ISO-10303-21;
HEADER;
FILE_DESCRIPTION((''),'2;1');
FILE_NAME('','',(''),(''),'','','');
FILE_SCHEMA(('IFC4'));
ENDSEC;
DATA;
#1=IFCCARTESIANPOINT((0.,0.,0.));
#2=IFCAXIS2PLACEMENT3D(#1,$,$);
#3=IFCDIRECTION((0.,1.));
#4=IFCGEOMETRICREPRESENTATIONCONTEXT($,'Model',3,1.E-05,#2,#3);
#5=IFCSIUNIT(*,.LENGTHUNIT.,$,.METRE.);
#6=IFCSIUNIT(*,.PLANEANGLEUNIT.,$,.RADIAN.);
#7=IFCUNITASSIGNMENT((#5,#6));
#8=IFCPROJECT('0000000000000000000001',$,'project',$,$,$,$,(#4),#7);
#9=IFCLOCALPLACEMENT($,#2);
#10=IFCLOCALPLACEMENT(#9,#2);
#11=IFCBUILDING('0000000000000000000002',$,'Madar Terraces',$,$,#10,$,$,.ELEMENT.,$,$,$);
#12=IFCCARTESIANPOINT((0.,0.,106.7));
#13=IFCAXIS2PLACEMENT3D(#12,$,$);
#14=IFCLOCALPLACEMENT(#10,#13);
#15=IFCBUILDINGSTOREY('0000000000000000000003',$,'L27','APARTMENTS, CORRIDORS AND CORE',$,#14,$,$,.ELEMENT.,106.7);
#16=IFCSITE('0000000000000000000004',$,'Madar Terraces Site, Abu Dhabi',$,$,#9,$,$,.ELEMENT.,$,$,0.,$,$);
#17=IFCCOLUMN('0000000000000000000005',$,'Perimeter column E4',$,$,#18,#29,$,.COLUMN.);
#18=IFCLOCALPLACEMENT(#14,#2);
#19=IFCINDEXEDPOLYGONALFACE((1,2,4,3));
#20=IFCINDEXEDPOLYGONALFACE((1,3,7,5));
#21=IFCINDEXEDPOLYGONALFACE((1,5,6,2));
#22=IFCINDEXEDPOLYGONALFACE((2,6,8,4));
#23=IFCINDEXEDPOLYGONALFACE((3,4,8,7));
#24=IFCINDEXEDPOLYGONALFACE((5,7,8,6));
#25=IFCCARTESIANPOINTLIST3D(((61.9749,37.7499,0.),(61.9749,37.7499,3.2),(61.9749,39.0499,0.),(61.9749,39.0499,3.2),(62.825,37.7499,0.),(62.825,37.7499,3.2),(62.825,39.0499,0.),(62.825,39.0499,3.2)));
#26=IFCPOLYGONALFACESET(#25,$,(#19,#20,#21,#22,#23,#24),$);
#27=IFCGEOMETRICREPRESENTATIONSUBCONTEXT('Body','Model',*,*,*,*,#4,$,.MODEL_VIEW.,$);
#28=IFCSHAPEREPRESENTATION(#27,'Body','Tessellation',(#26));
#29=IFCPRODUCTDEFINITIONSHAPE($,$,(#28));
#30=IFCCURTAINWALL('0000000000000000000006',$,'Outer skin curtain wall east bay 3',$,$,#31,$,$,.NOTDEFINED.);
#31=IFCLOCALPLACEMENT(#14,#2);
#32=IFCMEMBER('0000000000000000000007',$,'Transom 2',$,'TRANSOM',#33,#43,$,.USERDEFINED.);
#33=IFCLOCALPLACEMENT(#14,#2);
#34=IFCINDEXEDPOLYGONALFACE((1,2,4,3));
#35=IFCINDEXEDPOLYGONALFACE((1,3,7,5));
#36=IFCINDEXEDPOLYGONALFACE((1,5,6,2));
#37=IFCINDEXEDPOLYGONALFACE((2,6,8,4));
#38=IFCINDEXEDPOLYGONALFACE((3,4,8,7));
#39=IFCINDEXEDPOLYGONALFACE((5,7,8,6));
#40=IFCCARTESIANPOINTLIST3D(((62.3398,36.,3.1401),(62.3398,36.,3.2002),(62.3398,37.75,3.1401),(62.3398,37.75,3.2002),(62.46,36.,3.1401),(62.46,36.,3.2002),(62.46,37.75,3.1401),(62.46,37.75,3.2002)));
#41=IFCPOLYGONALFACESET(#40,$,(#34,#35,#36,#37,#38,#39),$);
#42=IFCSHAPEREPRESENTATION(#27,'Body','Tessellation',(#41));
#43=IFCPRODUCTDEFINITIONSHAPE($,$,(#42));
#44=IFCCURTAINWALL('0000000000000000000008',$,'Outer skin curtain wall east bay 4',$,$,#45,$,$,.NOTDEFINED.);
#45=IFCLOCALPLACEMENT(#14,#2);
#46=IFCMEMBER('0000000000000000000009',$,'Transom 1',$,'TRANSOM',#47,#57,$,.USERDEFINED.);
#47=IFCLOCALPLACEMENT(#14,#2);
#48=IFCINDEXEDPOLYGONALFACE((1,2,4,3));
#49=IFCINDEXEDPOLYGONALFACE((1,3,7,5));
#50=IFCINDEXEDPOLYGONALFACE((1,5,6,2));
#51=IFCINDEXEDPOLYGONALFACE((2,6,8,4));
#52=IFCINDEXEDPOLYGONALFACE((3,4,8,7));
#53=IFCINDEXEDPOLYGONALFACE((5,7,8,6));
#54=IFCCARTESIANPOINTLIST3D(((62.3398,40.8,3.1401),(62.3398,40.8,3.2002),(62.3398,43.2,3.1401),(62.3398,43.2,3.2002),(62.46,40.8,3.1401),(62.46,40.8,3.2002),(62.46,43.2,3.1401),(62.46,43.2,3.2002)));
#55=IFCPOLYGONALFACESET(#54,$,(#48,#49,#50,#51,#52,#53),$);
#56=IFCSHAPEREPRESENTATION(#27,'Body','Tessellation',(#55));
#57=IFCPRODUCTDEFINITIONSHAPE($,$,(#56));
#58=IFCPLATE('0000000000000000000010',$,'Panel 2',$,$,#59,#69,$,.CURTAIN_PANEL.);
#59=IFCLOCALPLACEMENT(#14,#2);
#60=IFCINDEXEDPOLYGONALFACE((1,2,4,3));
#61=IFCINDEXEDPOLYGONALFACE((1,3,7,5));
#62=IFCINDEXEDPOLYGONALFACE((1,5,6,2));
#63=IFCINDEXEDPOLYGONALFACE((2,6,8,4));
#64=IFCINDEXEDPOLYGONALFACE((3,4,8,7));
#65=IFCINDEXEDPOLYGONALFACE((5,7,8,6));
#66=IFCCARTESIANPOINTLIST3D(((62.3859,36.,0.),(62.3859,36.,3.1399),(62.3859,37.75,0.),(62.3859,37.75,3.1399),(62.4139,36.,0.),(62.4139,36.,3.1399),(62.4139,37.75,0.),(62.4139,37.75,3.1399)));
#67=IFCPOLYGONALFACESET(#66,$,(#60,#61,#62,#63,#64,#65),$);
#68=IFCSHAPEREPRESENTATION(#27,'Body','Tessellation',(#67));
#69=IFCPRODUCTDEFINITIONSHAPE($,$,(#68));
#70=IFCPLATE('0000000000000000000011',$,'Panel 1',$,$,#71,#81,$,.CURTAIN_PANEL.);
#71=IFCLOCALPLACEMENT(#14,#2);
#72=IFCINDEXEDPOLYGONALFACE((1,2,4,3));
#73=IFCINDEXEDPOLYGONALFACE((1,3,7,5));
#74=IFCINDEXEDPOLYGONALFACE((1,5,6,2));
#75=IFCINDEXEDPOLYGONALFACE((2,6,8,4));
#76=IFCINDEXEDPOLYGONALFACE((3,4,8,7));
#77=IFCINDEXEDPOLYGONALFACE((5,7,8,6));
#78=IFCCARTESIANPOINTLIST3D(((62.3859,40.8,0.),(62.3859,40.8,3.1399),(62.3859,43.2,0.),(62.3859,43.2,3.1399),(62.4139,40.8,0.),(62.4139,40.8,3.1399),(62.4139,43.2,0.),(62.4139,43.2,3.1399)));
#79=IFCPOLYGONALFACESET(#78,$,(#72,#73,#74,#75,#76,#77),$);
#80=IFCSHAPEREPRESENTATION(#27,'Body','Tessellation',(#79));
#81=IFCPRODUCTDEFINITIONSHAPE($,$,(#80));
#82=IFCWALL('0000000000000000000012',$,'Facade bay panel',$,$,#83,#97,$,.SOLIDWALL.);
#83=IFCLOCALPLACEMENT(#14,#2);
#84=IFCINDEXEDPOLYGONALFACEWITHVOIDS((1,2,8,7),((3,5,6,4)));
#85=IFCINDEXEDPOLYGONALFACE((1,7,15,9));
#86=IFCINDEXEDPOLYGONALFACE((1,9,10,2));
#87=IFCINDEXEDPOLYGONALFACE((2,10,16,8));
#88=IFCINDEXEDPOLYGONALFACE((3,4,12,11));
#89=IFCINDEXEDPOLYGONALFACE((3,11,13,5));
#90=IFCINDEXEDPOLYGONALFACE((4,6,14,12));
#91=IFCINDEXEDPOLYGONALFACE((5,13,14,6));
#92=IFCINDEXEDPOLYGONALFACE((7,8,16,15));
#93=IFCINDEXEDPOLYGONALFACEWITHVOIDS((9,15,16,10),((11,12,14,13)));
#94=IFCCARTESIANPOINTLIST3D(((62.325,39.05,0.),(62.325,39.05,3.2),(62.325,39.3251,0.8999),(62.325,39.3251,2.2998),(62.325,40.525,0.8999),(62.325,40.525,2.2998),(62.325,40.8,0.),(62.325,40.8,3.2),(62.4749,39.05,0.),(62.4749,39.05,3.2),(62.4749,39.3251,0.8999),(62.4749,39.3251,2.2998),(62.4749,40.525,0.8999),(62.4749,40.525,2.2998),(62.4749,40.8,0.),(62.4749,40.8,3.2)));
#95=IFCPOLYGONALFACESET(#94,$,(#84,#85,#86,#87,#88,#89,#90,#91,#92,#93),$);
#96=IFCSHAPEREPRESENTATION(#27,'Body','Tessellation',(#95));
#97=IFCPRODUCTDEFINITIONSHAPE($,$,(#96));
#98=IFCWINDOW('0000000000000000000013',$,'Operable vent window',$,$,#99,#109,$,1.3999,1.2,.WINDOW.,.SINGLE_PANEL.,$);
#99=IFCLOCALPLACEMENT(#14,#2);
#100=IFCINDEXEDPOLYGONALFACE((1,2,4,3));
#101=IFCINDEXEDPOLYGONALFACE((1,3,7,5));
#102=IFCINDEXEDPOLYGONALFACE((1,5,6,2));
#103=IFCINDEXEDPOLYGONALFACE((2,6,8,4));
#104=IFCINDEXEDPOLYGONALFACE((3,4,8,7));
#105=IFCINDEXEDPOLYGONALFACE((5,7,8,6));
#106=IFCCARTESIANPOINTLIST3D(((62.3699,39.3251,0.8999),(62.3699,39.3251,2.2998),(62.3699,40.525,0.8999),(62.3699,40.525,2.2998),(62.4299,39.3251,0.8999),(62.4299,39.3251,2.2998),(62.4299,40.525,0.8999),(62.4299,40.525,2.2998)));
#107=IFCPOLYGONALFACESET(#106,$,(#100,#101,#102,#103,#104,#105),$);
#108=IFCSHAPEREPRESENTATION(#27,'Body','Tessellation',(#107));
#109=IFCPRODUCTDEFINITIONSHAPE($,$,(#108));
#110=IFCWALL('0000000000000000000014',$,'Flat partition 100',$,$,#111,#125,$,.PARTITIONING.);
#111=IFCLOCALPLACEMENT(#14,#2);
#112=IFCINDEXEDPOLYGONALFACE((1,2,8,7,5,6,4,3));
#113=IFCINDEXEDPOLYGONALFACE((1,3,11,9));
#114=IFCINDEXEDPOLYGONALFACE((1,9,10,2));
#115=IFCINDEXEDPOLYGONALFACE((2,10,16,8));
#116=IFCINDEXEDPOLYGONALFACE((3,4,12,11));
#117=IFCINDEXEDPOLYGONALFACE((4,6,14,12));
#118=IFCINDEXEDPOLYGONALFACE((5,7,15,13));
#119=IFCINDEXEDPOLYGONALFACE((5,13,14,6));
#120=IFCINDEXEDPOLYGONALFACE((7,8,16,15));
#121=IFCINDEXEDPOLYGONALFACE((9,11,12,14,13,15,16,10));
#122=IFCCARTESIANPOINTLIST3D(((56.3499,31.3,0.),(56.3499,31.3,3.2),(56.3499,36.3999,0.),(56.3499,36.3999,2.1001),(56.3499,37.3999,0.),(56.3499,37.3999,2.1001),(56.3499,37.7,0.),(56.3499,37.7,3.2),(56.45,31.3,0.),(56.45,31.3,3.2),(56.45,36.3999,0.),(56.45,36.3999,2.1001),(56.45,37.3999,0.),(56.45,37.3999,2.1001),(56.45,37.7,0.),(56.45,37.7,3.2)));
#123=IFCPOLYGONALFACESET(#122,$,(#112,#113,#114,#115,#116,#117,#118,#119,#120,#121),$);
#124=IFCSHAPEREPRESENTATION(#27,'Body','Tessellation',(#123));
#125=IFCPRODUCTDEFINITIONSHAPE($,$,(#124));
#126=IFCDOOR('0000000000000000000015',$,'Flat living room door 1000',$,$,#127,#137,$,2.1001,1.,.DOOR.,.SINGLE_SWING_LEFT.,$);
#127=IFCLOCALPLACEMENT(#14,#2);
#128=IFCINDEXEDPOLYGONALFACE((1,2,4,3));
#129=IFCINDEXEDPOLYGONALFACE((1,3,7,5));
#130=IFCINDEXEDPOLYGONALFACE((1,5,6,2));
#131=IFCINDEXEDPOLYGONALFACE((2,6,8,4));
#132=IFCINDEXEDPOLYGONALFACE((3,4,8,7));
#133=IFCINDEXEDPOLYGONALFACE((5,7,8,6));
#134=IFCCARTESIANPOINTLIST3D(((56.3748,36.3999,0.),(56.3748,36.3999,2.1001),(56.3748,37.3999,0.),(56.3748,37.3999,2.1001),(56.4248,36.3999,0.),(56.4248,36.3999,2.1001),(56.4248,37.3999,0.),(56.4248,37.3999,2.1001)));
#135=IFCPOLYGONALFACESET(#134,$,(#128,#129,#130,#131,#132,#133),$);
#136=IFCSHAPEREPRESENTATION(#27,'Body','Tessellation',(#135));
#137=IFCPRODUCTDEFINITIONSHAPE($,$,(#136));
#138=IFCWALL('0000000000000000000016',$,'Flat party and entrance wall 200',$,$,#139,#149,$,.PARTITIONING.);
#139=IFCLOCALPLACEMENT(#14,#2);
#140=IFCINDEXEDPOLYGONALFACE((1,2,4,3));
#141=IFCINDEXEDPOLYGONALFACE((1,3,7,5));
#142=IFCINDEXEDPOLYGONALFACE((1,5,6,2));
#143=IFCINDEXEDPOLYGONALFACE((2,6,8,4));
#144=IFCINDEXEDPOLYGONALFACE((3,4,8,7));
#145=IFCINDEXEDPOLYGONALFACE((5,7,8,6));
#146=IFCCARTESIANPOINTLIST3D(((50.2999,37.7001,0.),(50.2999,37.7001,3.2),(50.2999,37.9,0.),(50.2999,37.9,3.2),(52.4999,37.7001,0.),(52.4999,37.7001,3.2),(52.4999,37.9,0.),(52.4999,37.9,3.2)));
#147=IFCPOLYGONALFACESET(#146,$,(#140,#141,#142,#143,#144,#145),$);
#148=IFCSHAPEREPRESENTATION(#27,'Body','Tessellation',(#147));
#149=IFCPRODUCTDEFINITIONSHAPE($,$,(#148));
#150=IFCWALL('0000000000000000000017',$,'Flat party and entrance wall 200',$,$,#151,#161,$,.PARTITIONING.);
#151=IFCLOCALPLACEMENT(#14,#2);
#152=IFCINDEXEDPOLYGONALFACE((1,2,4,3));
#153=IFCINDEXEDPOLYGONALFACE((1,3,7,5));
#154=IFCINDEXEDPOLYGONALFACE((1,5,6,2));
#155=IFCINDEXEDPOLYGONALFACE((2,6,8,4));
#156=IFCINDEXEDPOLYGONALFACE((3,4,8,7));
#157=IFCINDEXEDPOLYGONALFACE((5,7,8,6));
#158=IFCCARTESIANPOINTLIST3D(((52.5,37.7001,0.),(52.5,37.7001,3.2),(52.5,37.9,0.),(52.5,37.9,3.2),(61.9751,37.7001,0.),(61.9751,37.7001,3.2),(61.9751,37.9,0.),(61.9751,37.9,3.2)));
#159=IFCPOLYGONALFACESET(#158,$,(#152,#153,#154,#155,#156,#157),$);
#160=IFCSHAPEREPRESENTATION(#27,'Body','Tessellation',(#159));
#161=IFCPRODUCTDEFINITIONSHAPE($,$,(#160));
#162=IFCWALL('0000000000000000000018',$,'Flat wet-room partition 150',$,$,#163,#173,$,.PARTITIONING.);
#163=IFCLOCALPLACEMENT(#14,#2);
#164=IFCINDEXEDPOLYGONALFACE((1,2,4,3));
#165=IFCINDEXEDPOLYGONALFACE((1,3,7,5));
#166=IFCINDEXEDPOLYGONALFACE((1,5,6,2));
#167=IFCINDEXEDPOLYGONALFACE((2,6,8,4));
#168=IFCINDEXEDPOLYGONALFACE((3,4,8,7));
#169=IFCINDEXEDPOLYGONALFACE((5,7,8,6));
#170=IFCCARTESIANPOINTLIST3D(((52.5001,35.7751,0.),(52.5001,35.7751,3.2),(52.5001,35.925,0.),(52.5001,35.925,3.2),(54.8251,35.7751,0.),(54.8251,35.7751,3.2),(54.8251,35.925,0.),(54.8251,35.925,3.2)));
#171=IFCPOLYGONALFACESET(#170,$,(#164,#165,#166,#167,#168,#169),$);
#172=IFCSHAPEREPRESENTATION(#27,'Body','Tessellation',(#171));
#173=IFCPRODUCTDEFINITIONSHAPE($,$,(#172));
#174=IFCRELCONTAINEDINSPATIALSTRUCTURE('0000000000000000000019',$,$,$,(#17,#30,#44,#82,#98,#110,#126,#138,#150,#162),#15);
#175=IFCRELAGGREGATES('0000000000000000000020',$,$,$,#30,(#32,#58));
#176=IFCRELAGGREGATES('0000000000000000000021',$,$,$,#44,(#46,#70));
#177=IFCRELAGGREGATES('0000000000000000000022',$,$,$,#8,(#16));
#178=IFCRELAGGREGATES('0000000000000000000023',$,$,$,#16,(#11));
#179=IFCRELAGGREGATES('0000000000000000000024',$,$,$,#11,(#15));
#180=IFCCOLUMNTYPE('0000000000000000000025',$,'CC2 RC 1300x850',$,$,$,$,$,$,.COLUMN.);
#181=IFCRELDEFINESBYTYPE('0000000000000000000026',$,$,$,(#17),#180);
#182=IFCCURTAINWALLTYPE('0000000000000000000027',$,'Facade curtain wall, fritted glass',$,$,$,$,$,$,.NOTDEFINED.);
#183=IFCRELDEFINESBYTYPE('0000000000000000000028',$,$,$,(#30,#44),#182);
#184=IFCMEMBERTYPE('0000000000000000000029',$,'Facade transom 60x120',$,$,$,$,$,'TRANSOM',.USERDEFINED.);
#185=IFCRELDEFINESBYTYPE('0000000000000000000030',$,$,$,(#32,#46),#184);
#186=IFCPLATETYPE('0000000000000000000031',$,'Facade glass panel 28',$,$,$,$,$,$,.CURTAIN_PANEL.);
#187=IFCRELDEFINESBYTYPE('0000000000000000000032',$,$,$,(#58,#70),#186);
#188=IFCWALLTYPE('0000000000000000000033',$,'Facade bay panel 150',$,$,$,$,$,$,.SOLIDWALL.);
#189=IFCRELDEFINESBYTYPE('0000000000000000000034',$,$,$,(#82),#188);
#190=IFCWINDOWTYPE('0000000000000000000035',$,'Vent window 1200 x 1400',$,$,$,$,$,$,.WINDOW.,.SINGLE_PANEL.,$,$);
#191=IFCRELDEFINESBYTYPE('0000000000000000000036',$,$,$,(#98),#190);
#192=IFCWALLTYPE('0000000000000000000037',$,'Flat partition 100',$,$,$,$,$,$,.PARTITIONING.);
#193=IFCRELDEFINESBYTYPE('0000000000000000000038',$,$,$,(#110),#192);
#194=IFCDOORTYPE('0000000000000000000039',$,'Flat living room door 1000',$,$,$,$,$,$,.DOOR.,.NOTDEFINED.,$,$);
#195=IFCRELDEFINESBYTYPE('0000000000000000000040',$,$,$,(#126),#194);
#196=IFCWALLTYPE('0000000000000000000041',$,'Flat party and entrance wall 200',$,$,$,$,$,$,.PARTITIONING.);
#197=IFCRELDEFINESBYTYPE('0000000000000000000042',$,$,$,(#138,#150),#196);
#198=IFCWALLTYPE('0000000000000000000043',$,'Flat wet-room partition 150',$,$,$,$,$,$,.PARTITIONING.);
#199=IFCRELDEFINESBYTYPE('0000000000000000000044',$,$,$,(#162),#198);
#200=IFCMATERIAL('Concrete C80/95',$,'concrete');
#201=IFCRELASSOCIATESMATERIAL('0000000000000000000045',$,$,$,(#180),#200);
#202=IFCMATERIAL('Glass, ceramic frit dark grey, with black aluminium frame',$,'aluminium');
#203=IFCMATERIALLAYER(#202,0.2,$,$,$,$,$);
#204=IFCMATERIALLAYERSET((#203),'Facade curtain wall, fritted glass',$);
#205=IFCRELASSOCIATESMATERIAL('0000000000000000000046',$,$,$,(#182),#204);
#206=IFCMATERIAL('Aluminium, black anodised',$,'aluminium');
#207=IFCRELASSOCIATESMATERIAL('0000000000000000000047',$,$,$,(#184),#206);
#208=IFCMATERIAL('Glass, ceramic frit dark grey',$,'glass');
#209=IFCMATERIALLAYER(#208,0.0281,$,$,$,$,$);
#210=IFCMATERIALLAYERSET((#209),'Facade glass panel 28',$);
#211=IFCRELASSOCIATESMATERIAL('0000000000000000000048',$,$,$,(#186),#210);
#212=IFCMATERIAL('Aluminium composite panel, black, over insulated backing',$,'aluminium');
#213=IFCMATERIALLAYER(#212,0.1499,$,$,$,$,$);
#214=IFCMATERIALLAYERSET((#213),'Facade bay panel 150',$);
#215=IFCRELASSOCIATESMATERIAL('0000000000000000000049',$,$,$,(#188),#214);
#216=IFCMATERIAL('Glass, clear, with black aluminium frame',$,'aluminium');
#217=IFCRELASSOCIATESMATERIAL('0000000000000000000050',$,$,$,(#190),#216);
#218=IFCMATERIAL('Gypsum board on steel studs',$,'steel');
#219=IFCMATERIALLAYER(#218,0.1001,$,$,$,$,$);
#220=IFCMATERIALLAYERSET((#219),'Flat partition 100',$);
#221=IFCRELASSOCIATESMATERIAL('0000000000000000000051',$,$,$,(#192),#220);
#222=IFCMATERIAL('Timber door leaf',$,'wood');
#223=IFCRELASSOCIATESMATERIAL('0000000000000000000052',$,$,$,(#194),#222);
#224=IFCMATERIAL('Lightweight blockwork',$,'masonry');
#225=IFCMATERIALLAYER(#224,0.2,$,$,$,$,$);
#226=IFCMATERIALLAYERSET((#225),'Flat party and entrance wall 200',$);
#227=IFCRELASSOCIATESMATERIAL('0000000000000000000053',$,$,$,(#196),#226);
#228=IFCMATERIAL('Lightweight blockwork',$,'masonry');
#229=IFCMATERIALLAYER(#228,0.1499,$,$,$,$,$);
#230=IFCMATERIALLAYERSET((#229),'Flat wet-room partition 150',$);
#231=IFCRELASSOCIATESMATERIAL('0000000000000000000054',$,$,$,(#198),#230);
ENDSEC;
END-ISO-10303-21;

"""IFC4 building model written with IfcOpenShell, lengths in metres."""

from ifc_helpers import new_model, si_unit, direction, frame, frame_2d, origin, origin_2d, place, context, subcontext, project, spatial, rectangle, extrude, material, layer, layer_set, material_profile, profile_set, type_object, element, fill, aggregate, save


model = new_model("IFC4")

# Units and contexts
model_context = context("Model", 3, precision=1e-05, world=origin(), true_north=direction((0.0, 1.0)))
body_context = subcontext(model_context, "Body", "Model", "MODEL_VIEW")
ifc_project = project(units=[si_unit("LENGTHUNIT", "METRE"), si_unit("PLANEANGLEUNIT", "RADIAN")], contexts=[model_context])

# Site, building, storey
site_placement = place(None, origin())
site = spatial("IfcSite", under=ifc_project, at=site_placement, Name="Madar Terraces Site, Abu Dhabi", CompositionType="ELEMENT", RefElevation=0.0)
building_placement = place(site_placement, origin())
building = spatial("IfcBuilding", under=site, at=building_placement, Name="Madar Terraces", CompositionType="ELEMENT")
storey_placement = place(building_placement, frame((0.0, 0.0, 106.7)))
storey = spatial("IfcBuildingStorey", under=building, at=storey_placement, Name="L27", Description="APARTMENTS, CORRIDORS AND CORE", CompositionType="ELEMENT", Elevation=106.7)

# Column
ifc_material_1 = material(Name="Concrete C80/95", Category="concrete")
ifc_material_profile_1 = material_profile(ifc_material_1, rectangle(XDim=1.3, YDim=0.8501, at=origin_2d()), Name="CC2 RC 1300x850")
ifc_profile_set_1 = profile_set([ifc_material_profile_1], Name="Concrete C80/95")
column_type = type_object("IfcColumnType", Name="CC2 RC 1300x850", PredefinedType="COLUMN", material=ifc_profile_set_1)
column_placement = place(storey_placement, frame((62.3999, 38.3999, 0.0), z_axis=(0.0, 0.0, 1.0), x_axis=(0.0, 1.0, 0.0)))
element("IfcColumn", 1, at=column_placement, inside=storey, type_object=column_type, Name="Perimeter column E4", PredefinedType="COLUMN", context=body_context, shape_type="SweptSolid", body=[
    extrude(rectangle(XDim=1.3, YDim=0.8501, at=origin_2d()), origin(), (0.0, 0.0, 1.0), 3.2),
])

# Curtain walls, members
ifc_material_2 = material(Name="Glass, ceramic frit dark grey, with black aluminium frame", Category="aluminium")
ifc_layer_1 = layer(ifc_material_2, 0.2)
ifc_layer_set_1 = layer_set([ifc_layer_1], Name="Facade curtain wall, fritted glass")
curtain_wall_type = type_object("IfcCurtainWallType", Name="Facade curtain wall, fritted glass", PredefinedType="NOTDEFINED", material=ifc_layer_set_1)
curtain_wall_1_placement = place(storey_placement, origin())
curtain_wall_1 = element("IfcCurtainWall", 2, at=curtain_wall_1_placement, inside=storey, type_object=curtain_wall_type, Name="Outer skin curtain wall east bay 3", PredefinedType="NOTDEFINED")
ifc_material_3 = material(Name="Aluminium, black anodised", Category="aluminium")
ifc_material_profile_2 = material_profile(ifc_material_3, rectangle(XDim=0.1201, YDim=0.0601, at=origin_2d()), Name="Facade transom 60x120")
ifc_profile_set_2 = profile_set([ifc_material_profile_2], Name="Aluminium, black anodised")
member_type = type_object("IfcMemberType", Name="Facade transom 60x120", ElementType="TRANSOM", PredefinedType="USERDEFINED", material=ifc_profile_set_2)
member_1_placement = place(storey_placement, frame((62.3999, 36.0, 3.1702), z_axis=(0.0, 1.0, 0.0), x_axis=(-1.0, 0.0, 0.0)))
member_1 = element("IfcMember", 3, at=member_1_placement, type_object=member_type, Name="Transom 2", ObjectType="TRANSOM", PredefinedType="USERDEFINED", context=body_context, shape_type="SweptSolid", body=[
    extrude(rectangle(XDim=0.1201, YDim=0.0601, at=origin_2d()), origin(), (0.0, 0.0, 1.0), 1.75),
])
curtain_wall_2_placement = place(storey_placement, origin())
curtain_wall_2 = element("IfcCurtainWall", 4, at=curtain_wall_2_placement, inside=storey, type_object=curtain_wall_type, Name="Outer skin curtain wall east bay 4", PredefinedType="NOTDEFINED")
member_2_placement = place(storey_placement, frame((62.3999, 40.8, 3.1702), z_axis=(0.0, 1.0, 0.0), x_axis=(-1.0, 0.0, 0.0)))
member_2 = element("IfcMember", 5, at=member_2_placement, type_object=member_type, Name="Transom 1", ObjectType="TRANSOM", PredefinedType="USERDEFINED", context=body_context, shape_type="SweptSolid", body=[
    extrude(rectangle(XDim=0.1201, YDim=0.0601, at=origin_2d()), origin(), (0.0, 0.0, 1.0), 2.3999),
])

# Plates
ifc_material_4 = material(Name="Glass, ceramic frit dark grey", Category="glass")
ifc_layer_2 = layer(ifc_material_4, 0.0281)
ifc_layer_set_2 = layer_set([ifc_layer_2], Name="Facade glass panel 28")
plate_type = type_object("IfcPlateType", Name="Facade glass panel 28", PredefinedType="CURTAIN_PANEL", material=ifc_layer_set_2)
plate_1_placement = place(storey_placement, frame((62.3999, 36.875, 0.0), z_axis=(0.0, 0.0, 1.0), x_axis=(0.0, 1.0, 0.0)))
plate_1 = element("IfcPlate", 6, at=plate_1_placement, type_object=plate_type, Name="Panel 2", PredefinedType="CURTAIN_PANEL", context=body_context, shape_type="SweptSolid", body=[
    extrude(rectangle(XDim=1.75, YDim=0.0281, at=origin_2d()), origin(), (0.0, 0.0, 1.0), 3.1399),
])
aggregate(curtain_wall_1, [member_1, plate_1])
plate_2_placement = place(storey_placement, frame((62.3999, 42.0, 0.0), z_axis=(0.0, 0.0, 1.0), x_axis=(0.0, 1.0, 0.0)))
plate_2 = element("IfcPlate", 7, at=plate_2_placement, type_object=plate_type, Name="Panel 1", PredefinedType="CURTAIN_PANEL", context=body_context, shape_type="SweptSolid", body=[
    extrude(rectangle(XDim=2.3999, YDim=0.0281, at=origin_2d()), origin(), (0.0, 0.0, 1.0), 3.1399),
])
aggregate(curtain_wall_2, [member_2, plate_2])

# Wall, opening, window
ifc_material_5 = material(Name="Aluminium composite panel, black, over insulated backing", Category="aluminium")
ifc_layer_3 = layer(ifc_material_5, 0.1499)
ifc_layer_set_3 = layer_set([ifc_layer_3], Name="Facade bay panel 150")
wall_type_1 = type_object("IfcWallType", Name="Facade bay panel 150", PredefinedType="SOLIDWALL", material=ifc_layer_set_3)
wall_1_placement = place(storey_placement, frame((62.3999, 39.05, 0.0), z_axis=(0.0, 0.0, 1.0), x_axis=(0.0, 1.0, 0.0)))
wall_1 = element("IfcWall", 8, at=wall_1_placement, inside=storey, type_object=wall_type_1, Name="Facade bay panel", PredefinedType="SOLIDWALL", context=body_context, shape_type="SweptSolid", body=[
    extrude(rectangle(XDim=1.75, YDim=0.1499, at=frame_2d((0.875, 0.0))), origin(), (0.0, 0.0, 1.0), 3.2),
])
opening_1_placement = place(wall_1_placement, frame((0.2749, 0.0, 0.8999)))
opening_1 = element("IfcOpeningElement", 9, at=opening_1_placement, cuts=wall_1, PredefinedType="OPENING", context=body_context, shape_type="SweptSolid", body=[
    extrude(rectangle(XDim=1.2, YDim=1.3999, at=frame_2d((0.6001, 0.7))), frame((0.0, 0.085, 0.0), z_axis=(0.0, -1.0, 0.0), x_axis=(1.0, 0.0, 0.0)), (0.0, 0.0, 1.0), 0.1699),
])
ifc_material_6 = material(Name="Glass, clear, with black aluminium frame", Category="aluminium")
window_type = type_object("IfcWindowType", Name="Vent window 1200 x 1400", PartitioningType="SINGLE_PANEL", PredefinedType="WINDOW", material=ifc_material_6)
window_placement = place(opening_1_placement, origin())
window = element("IfcWindow", 10, at=window_placement, inside=storey, type_object=window_type, Name="Operable vent window", OverallHeight=1.3999, OverallWidth=1.2, PartitioningType="SINGLE_PANEL", PredefinedType="WINDOW", context=body_context, shape_type="SweptSolid", body=[
    extrude(rectangle(XDim=1.2, YDim=1.3999, at=frame_2d((0.6001, 0.7))), frame((0.0, 0.03, 0.0), z_axis=(0.0, -1.0, 0.0), x_axis=(1.0, 0.0, 0.0)), (0.0, 0.0, 1.0), 0.0601),
])
fill(opening_1, window)

# Wall, opening, door
ifc_material_7 = material(Name="Gypsum board on steel studs", Category="steel")
ifc_layer_4 = layer(ifc_material_7, 0.1001)
ifc_layer_set_4 = layer_set([ifc_layer_4], Name="Flat partition 100")
wall_type_2 = type_object("IfcWallType", Name="Flat partition 100", PredefinedType="PARTITIONING", material=ifc_layer_set_4)
wall_2_placement = place(storey_placement, frame((56.3999, 37.7, 0.0), z_axis=(0.0, 0.0, 1.0), x_axis=(0.0, -1.0, 0.0)))
wall_2 = element("IfcWall", 11, at=wall_2_placement, inside=storey, type_object=wall_type_2, Name="Flat partition 100", PredefinedType="PARTITIONING", context=body_context, shape_type="SweptSolid", body=[
    extrude(rectangle(XDim=6.3999, YDim=0.1001, at=frame_2d((3.2, 0.0))), origin(), (0.0, 0.0, 1.0), 3.2),
])
opening_2_placement = place(wall_2_placement, frame((0.3, 0.0, 0.0)))
opening_2 = element("IfcOpeningElement", 12, at=opening_2_placement, cuts=wall_2, PredefinedType="OPENING", context=body_context, shape_type="SweptSolid", body=[
    extrude(rectangle(XDim=1.0, YDim=2.1001, at=frame_2d((0.5, 1.05))), frame((0.0, 0.0601, 0.0), z_axis=(0.0, -1.0, 0.0), x_axis=(1.0, 0.0, 0.0)), (0.0, 0.0, 1.0), 0.1201),
])
ifc_material_8 = material(Name="Timber door leaf", Category="wood")
door_type_1 = type_object("IfcDoorType", Name="Flat living room door 1000", OperationType="NOTDEFINED", PredefinedType="DOOR", material=ifc_material_8)
door_1_placement = place(opening_2_placement, origin())
door_1 = element("IfcDoor", 13, at=door_1_placement, inside=storey, type_object=door_type_1, Name="Flat living room door 1000", OperationType="SINGLE_SWING_LEFT", OverallHeight=2.1001, OverallWidth=1.0, PredefinedType="DOOR", context=body_context, shape_type="SweptSolid", body=[
    extrude(rectangle(XDim=1.0, YDim=2.1001, at=frame_2d((0.5, 1.05))), frame((0.0, 0.0249, 0.0), z_axis=(0.0, -1.0, 0.0), x_axis=(1.0, 0.0, 0.0)), (0.0, 0.0, 1.0), 0.05),
])
fill(opening_2, door_1)

# Walls
ifc_material_9 = material(Name="Lightweight blockwork", Category="masonry")
ifc_layer_5 = layer(ifc_material_9, 0.2)
ifc_layer_set_5 = layer_set([ifc_layer_5], Name="Flat party and entrance wall 200")
wall_type_3 = type_object("IfcWallType", Name="Flat party and entrance wall 200", PredefinedType="PARTITIONING", material=ifc_layer_set_5)
wall_3_placement = place(storey_placement, frame((52.5, 37.8, 0.0), z_axis=(0.0, 0.0, 1.0), x_axis=(-1.0, 0.0, 0.0)))
element("IfcWall", 14, at=wall_3_placement, inside=storey, type_object=wall_type_3, Name="Flat party and entrance wall 200", PredefinedType="PARTITIONING", context=body_context, shape_type="SweptSolid", body=[
    extrude(rectangle(XDim=2.2, YDim=0.2, at=frame_2d((1.1001, 0.0))), origin(), (0.0, 0.0, 1.0), 3.2),
])
wall_4_placement = place(storey_placement, frame((52.5, 37.8, 0.0), z_axis=(0.0, 0.0, 1.0), x_axis=(1.0, 0.0, 0.0)))
element("IfcWall", 15, at=wall_4_placement, inside=storey, type_object=wall_type_3, Name="Flat party and entrance wall 200", PredefinedType="PARTITIONING", context=body_context, shape_type="SweptSolid", body=[
    extrude(rectangle(XDim=9.4751, YDim=0.2, at=frame_2d((4.7375, 0.0))), origin(), (0.0, 0.0, 1.0), 3.2),
])
ifc_material_10 = material(Name="Lightweight blockwork", Category="masonry")
ifc_layer_6 = layer(ifc_material_10, 0.1499)
ifc_layer_set_6 = layer_set([ifc_layer_6], Name="Flat wet-room partition 150")
wall_type_4 = type_object("IfcWallType", Name="Flat wet-room partition 150", PredefinedType="PARTITIONING", material=ifc_layer_set_6)
wall_5_placement = place(storey_placement, frame((52.5, 35.8501, 0.0), z_axis=(0.0, 0.0, 1.0), x_axis=(1.0, 0.0, 0.0)))
element("IfcWall", 16, at=wall_5_placement, inside=storey, type_object=wall_type_4, Name="Flat wet-room partition 150", PredefinedType="PARTITIONING", context=body_context, shape_type="SweptSolid", body=[
    extrude(rectangle(XDim=2.325, YDim=0.1499, at=frame_2d((1.1626, 0.0))), origin(), (0.0, 0.0, 1.0), 3.2),
])

save(model, "model.ifc")
